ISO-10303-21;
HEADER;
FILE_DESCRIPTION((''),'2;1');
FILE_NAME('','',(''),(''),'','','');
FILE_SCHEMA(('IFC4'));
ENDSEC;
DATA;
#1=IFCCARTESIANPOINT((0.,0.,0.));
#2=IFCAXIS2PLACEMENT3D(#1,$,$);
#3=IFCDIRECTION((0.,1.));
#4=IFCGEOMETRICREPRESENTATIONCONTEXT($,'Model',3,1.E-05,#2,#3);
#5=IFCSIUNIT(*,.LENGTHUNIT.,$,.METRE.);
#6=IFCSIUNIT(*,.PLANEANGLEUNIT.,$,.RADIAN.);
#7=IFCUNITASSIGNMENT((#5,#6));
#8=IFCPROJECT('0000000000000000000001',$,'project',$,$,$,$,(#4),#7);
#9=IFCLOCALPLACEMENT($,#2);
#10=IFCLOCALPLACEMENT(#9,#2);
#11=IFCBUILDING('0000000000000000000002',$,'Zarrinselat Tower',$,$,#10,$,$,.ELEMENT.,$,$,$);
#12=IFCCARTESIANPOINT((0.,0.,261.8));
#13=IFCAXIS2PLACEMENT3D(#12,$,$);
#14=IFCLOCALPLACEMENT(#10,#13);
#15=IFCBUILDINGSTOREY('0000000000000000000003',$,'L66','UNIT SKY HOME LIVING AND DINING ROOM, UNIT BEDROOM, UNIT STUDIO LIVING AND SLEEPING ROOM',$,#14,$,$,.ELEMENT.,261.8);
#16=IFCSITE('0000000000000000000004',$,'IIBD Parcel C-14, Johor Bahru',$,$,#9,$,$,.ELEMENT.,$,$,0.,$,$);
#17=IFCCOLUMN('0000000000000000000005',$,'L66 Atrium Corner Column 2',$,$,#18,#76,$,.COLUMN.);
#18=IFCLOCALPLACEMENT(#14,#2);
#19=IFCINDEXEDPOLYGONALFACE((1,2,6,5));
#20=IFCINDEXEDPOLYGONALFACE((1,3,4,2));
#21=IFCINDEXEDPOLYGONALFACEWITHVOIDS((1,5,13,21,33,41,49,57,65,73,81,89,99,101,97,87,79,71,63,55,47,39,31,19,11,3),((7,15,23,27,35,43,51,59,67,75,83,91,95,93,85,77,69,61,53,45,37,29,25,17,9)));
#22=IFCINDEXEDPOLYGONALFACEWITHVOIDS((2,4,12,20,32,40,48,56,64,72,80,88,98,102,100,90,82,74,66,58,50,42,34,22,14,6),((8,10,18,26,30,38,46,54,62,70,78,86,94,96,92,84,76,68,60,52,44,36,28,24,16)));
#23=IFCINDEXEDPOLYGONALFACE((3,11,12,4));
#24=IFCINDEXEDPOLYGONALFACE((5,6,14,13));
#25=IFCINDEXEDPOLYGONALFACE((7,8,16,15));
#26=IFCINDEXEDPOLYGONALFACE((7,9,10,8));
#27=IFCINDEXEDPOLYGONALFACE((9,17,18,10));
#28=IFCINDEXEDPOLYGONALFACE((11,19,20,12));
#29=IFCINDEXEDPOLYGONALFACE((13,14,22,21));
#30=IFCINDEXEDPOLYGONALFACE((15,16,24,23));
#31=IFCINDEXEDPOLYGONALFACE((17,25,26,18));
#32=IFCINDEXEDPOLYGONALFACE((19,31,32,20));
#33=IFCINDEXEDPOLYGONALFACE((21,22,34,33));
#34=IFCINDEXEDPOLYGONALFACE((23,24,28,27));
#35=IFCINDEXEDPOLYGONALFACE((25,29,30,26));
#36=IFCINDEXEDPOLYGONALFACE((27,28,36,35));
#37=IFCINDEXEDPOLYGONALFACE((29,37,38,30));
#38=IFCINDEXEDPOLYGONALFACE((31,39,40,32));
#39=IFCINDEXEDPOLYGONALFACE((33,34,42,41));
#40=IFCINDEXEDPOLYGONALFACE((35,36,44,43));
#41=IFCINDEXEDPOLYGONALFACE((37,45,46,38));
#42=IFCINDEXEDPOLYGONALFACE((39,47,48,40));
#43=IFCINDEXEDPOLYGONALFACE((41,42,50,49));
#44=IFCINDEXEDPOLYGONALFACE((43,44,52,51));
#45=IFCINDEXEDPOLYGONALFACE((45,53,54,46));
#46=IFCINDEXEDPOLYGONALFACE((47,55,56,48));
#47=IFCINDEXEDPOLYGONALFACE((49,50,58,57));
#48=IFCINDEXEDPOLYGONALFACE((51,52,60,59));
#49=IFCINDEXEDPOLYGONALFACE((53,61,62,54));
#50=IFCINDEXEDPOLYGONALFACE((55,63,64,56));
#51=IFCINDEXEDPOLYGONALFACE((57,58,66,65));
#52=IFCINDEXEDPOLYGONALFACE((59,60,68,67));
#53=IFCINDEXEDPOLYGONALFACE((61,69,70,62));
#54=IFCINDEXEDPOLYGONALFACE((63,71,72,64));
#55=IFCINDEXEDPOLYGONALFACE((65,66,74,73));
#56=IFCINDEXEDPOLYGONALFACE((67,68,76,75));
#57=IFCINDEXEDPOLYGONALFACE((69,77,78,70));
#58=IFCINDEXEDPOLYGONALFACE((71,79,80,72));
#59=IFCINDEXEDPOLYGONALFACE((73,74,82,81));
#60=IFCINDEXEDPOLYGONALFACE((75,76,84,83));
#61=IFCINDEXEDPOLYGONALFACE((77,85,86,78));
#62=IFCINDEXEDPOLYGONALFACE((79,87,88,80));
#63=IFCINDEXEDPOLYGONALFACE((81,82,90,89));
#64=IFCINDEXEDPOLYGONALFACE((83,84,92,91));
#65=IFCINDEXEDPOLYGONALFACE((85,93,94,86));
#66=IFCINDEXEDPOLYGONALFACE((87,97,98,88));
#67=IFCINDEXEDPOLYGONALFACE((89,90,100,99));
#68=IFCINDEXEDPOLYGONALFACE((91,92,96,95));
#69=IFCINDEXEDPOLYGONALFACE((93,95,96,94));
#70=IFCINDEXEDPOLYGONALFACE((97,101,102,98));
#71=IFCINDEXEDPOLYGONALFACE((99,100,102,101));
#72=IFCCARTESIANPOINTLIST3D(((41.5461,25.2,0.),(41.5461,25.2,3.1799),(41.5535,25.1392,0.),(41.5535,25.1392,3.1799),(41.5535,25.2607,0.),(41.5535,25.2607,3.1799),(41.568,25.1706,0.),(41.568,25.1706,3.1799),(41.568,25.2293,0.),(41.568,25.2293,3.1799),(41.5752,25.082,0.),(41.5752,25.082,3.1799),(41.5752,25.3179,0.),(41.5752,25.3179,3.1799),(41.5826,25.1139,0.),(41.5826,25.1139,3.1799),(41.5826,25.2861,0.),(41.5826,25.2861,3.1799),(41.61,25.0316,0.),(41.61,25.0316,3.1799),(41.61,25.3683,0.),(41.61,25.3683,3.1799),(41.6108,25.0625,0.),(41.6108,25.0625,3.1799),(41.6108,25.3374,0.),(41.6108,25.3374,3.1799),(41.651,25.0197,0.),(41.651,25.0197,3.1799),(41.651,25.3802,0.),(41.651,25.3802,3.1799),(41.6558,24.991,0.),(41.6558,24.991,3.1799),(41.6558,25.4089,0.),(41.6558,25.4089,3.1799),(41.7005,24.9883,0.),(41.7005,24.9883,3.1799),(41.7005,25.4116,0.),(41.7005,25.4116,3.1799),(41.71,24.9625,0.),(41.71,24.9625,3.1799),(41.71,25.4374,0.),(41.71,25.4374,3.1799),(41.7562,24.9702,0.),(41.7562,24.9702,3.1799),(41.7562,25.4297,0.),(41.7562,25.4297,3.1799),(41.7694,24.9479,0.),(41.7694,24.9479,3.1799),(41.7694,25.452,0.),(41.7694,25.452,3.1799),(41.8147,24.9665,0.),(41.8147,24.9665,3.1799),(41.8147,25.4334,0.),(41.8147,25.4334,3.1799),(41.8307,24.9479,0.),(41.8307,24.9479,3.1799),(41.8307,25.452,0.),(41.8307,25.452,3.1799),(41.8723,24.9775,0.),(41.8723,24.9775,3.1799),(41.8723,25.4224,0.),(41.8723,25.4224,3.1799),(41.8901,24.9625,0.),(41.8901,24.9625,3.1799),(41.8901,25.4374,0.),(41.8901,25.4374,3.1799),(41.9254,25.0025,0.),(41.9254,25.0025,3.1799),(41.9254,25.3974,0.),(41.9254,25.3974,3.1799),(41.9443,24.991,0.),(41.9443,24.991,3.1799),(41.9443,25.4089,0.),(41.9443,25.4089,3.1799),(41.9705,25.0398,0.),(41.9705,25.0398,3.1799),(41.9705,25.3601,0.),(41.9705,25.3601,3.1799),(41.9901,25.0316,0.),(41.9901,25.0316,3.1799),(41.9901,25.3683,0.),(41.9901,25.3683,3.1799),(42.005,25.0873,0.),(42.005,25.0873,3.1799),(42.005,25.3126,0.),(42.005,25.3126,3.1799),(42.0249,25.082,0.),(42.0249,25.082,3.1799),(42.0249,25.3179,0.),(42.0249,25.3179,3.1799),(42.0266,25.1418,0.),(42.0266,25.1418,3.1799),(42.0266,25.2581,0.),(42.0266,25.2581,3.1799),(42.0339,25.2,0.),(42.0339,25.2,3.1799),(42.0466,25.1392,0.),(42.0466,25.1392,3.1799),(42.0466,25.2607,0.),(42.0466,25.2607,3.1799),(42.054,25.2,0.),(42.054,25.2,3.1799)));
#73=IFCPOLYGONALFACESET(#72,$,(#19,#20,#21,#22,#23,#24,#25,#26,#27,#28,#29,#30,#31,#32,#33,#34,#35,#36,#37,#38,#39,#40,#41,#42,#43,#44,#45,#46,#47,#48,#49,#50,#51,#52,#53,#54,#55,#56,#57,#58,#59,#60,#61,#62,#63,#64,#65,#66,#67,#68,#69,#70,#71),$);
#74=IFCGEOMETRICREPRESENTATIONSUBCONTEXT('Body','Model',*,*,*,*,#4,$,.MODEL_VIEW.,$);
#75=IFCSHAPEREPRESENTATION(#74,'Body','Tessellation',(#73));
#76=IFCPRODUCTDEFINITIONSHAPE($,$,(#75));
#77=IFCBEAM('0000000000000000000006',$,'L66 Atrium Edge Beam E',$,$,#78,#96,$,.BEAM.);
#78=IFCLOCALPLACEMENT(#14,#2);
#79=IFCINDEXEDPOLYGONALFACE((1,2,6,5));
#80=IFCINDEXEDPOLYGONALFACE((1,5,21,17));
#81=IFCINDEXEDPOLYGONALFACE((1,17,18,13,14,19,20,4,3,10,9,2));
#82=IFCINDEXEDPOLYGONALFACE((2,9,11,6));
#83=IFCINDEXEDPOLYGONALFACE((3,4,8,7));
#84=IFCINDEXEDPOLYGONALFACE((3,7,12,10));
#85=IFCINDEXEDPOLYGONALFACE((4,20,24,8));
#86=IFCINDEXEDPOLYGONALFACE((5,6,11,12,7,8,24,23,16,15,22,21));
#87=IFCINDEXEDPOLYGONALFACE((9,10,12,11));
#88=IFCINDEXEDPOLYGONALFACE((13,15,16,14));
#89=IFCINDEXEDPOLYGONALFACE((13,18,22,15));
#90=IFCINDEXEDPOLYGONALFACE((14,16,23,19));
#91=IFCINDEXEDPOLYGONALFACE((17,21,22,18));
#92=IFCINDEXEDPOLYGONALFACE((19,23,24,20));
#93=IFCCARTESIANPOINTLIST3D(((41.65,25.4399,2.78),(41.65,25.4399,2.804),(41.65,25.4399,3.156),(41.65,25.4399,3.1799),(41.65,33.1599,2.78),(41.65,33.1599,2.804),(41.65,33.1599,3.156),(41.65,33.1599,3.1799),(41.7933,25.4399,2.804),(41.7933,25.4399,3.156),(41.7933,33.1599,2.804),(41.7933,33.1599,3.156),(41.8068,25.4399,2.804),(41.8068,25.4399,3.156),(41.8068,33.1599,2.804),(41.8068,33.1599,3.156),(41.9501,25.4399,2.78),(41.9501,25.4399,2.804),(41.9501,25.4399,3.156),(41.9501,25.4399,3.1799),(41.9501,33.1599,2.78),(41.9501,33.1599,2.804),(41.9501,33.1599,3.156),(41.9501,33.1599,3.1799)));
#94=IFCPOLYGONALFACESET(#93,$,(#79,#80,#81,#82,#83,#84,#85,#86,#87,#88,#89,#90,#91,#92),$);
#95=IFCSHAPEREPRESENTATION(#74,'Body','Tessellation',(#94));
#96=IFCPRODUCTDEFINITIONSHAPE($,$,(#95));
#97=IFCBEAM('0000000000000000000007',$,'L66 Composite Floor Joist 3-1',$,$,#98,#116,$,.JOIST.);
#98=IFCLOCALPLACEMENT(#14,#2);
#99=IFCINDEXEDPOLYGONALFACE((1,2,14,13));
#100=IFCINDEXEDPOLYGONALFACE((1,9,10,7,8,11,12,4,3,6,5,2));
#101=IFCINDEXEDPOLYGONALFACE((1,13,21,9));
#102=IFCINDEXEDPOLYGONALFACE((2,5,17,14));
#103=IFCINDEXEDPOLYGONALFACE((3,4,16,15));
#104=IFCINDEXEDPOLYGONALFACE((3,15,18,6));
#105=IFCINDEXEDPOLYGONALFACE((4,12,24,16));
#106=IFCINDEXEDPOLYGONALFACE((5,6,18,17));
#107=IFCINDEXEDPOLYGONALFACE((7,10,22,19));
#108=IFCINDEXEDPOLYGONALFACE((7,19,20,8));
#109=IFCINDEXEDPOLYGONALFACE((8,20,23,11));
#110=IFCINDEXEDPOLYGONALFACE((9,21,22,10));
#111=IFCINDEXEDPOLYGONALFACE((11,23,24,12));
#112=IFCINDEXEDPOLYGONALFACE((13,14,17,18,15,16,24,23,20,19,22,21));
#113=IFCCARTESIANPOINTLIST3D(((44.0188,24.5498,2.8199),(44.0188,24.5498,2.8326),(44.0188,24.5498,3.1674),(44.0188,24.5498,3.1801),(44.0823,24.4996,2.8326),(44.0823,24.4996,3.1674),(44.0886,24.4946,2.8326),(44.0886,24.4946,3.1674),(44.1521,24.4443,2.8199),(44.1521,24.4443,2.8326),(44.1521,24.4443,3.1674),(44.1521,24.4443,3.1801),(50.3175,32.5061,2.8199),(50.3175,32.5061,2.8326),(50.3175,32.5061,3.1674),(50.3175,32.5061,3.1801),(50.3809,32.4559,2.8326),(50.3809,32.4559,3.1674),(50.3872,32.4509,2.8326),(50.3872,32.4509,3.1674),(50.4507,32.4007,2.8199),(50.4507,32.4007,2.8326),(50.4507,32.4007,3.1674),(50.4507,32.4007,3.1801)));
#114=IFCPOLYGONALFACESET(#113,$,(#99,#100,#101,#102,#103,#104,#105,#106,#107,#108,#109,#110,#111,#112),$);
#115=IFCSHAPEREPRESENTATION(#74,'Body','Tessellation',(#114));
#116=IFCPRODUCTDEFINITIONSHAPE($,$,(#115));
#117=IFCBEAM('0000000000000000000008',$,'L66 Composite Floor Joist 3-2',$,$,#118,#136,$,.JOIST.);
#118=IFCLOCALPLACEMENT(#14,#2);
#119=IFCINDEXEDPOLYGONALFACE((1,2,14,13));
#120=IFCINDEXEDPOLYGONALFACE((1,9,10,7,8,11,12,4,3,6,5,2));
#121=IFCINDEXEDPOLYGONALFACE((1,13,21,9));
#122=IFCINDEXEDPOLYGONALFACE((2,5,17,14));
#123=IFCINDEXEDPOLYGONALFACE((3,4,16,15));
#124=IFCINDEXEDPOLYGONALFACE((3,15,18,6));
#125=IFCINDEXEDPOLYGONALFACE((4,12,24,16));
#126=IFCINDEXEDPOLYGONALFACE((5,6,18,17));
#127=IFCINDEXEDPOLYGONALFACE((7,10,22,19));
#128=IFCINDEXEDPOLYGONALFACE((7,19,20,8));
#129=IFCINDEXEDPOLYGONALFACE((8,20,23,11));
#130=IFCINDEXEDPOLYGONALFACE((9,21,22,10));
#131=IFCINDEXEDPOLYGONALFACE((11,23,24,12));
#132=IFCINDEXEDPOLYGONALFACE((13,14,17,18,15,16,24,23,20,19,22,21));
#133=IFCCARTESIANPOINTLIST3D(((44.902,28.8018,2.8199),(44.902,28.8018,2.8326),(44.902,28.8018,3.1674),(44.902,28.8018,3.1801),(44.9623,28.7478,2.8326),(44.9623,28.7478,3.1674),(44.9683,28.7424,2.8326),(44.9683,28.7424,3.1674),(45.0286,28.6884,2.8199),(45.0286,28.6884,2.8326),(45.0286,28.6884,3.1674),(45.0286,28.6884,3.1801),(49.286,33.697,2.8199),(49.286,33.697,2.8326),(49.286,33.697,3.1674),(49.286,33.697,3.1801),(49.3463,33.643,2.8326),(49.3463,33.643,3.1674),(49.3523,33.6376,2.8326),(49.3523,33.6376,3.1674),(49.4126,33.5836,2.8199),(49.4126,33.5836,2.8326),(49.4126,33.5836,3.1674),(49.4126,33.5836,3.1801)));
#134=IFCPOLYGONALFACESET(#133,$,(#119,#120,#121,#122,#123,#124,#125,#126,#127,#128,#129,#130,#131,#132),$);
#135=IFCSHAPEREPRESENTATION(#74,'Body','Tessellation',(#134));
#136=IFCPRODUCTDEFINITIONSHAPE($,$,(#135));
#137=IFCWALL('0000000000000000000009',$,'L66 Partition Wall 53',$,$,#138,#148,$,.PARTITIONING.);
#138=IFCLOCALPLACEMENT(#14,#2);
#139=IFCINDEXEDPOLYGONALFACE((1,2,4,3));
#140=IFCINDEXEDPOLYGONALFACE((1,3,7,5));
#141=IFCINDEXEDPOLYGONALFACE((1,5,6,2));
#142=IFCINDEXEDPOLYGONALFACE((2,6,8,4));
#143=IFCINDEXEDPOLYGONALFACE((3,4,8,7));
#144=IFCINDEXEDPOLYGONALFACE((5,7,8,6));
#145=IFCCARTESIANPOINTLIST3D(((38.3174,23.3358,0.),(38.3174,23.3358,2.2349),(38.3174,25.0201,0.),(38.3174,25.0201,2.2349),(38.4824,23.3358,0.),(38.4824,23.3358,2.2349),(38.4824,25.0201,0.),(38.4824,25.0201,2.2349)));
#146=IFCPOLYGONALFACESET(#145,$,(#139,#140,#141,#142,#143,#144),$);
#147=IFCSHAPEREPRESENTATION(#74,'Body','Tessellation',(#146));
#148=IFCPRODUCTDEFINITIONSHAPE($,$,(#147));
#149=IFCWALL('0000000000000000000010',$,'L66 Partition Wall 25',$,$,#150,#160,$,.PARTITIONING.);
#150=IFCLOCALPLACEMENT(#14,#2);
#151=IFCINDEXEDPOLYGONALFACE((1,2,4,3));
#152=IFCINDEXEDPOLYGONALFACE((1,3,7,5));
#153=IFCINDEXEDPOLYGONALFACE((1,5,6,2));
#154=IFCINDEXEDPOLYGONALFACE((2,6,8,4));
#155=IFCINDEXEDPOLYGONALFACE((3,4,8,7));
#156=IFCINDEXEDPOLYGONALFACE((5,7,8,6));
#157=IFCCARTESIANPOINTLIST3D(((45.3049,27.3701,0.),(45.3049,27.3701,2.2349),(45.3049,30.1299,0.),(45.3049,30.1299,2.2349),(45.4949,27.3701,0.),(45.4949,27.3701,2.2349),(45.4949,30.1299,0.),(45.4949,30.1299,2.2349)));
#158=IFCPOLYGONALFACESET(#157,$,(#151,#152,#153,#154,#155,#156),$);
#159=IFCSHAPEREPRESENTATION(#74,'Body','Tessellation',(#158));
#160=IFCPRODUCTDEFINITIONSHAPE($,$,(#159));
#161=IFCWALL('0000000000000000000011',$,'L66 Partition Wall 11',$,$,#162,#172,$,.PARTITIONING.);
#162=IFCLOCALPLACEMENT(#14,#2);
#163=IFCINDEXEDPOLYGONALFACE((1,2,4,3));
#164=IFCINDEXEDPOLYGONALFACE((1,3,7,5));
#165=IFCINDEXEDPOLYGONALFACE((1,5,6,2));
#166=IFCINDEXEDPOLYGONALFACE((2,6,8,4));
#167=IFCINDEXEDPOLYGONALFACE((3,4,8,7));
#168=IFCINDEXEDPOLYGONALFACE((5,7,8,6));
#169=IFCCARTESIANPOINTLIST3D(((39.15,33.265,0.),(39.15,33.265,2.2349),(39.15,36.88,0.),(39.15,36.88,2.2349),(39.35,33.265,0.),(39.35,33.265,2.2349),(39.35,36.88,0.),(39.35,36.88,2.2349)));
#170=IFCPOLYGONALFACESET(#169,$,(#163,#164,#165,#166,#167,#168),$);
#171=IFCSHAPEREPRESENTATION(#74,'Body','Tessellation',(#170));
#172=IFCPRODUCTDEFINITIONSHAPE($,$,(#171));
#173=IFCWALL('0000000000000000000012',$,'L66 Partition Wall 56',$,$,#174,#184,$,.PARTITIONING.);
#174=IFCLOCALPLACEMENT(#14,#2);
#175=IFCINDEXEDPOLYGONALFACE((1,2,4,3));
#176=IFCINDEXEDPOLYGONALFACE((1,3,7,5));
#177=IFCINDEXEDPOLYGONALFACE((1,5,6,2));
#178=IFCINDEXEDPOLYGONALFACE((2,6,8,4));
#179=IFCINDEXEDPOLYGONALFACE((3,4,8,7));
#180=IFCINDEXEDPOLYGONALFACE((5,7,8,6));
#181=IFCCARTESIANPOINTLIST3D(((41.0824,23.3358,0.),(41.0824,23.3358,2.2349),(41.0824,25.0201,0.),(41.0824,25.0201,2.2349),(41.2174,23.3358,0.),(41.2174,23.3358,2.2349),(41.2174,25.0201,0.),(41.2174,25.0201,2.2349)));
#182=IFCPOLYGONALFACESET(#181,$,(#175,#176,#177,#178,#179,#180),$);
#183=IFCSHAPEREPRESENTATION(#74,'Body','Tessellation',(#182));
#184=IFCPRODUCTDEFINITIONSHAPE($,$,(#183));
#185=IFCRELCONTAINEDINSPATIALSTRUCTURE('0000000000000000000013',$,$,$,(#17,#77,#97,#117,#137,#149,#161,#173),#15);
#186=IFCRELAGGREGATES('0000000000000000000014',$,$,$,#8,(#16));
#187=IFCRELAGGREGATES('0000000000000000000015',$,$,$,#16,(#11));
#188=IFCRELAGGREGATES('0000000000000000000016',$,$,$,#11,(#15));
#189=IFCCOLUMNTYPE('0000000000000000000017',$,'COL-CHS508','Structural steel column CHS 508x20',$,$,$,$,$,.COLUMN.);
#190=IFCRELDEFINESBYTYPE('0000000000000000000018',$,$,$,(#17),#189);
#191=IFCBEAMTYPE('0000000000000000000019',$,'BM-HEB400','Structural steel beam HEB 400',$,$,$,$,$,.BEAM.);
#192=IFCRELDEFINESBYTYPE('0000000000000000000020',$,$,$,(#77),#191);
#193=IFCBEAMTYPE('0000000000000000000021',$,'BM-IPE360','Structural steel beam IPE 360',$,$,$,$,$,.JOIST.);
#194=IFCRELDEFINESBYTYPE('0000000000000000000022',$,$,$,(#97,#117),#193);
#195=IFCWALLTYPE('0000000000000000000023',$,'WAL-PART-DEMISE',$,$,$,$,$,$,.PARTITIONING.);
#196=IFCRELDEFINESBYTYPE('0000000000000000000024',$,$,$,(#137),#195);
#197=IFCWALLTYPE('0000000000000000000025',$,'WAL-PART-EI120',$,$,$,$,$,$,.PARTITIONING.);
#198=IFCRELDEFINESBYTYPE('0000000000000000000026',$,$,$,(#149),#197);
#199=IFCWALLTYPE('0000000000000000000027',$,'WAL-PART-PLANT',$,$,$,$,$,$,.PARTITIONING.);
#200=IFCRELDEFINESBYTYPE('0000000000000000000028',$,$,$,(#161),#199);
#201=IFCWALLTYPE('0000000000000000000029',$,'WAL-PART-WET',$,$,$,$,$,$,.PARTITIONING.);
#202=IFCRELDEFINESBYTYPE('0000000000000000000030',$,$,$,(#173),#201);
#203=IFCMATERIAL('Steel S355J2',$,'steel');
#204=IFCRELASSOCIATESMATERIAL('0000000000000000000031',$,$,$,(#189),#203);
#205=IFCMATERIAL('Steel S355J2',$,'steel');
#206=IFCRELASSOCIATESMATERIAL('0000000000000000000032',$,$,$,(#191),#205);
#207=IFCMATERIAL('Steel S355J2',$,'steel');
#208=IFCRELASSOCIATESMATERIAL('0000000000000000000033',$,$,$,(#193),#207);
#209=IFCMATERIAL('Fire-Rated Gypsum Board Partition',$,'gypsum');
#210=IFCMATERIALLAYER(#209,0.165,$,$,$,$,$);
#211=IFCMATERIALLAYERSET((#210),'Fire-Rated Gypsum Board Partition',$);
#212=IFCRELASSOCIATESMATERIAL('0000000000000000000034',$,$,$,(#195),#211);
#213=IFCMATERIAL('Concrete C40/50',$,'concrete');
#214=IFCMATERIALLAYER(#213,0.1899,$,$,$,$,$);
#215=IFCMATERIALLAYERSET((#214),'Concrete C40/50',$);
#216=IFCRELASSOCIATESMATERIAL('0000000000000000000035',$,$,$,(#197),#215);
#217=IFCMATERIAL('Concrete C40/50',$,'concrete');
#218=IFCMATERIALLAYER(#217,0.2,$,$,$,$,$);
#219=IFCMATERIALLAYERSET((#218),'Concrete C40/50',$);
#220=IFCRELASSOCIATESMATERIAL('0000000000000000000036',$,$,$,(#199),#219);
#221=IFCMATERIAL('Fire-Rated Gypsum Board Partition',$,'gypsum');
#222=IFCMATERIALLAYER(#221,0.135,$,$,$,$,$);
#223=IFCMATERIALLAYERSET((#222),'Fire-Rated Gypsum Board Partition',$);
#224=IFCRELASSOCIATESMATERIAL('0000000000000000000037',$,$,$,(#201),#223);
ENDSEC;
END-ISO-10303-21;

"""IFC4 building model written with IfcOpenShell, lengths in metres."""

from ifc_helpers import new_model, si_unit, direction, frame, frame_2d, origin, origin_2d, place, context, subcontext, project, spatial, rectangle, hollow_circle, i_section, extrude, material, layer, layer_set, material_profile, profile_set, type_object, element, save


model = new_model("IFC4")

# Units and contexts
model_context = context("Model", 3, precision=1e-05, world=origin(), true_north=direction((0.0, 1.0)))
body_context = subcontext(model_context, "Body", "Model", "MODEL_VIEW")
ifc_project = project(units=[si_unit("LENGTHUNIT", "METRE"), si_unit("PLANEANGLEUNIT", "RADIAN")], contexts=[model_context])

# Site, building, storey
site_placement = place(None, origin())
site = spatial("IfcSite", under=ifc_project, at=site_placement, Name="IIBD Parcel C-14, Johor Bahru", CompositionType="ELEMENT", RefElevation=0.0)
building_placement = place(site_placement, origin())
building = spatial("IfcBuilding", under=site, at=building_placement, Name="Zarrinselat Tower", CompositionType="ELEMENT")
storey_placement = place(building_placement, frame((0.0, 0.0, 261.8)))
storey = spatial("IfcBuildingStorey", under=building, at=storey_placement, Name="L66", Description="UNIT SKY HOME LIVING AND DINING ROOM, UNIT BEDROOM, UNIT STUDIO LIVING AND SLEEPING ROOM", CompositionType="ELEMENT", Elevation=261.8)

# Column
ifc_material_1 = material(Name="Steel S355J2", Category="steel")
ifc_material_profile_1 = material_profile(ifc_material_1, hollow_circle(Radius=0.2539, WallThickness=0.02, at=origin_2d()), Name="CHS 508x20")
ifc_profile_set_1 = profile_set([ifc_material_profile_1], Name="Steel S355J2")
column_type = type_object("IfcColumnType", Name="COL-CHS508", Description="Structural steel column CHS 508x20", PredefinedType="COLUMN", material=ifc_profile_set_1)
column_placement = place(storey_placement, frame((41.8, 25.2, 0.0), z_axis=(0.0, 0.0, 1.0), x_axis=(1.0, 0.0, 0.0)))
element("IfcColumn", 1, at=column_placement, inside=storey, type_object=column_type, Name="L66 Atrium Corner Column 2", PredefinedType="COLUMN", context=body_context, shape_type="SweptSolid", body=[
    extrude(hollow_circle(Radius=0.2539, WallThickness=0.02, at=origin_2d()), origin(), (0.0, 0.0, 1.0), 3.1799),
])

# Beams
ifc_material_2 = material(Name="Steel S355J2", Category="steel")
ifc_material_profile_2 = material_profile(ifc_material_2, i_section(OverallWidth=0.3, OverallDepth=0.3999, WebThickness=0.0134, FlangeThickness=0.0239, at=origin_2d()), Name="HEB 400")
ifc_profile_set_2 = profile_set([ifc_material_profile_2], Name="Steel S355J2")
beam_type_1 = type_object("IfcBeamType", Name="BM-HEB400", Description="Structural steel beam HEB 400", PredefinedType="BEAM", material=ifc_profile_set_2)
beam_1_placement = place(storey_placement, frame((41.8, 25.4399, 2.98), z_axis=(0.0, 1.0, 0.0), x_axis=(-1.0, 0.0, 0.0)))
element("IfcBeam", 2, at=beam_1_placement, inside=storey, type_object=beam_type_1, Name="L66 Atrium Edge Beam E", PredefinedType="BEAM", context=body_context, shape_type="SweptSolid", body=[
    extrude(i_section(OverallWidth=0.3, OverallDepth=0.3999, WebThickness=0.0134, FlangeThickness=0.0239, at=origin_2d()), origin(), (0.0, 0.0, 1.0), 7.72),
])
ifc_material_3 = material(Name="Steel S355J2", Category="steel")
ifc_material_profile_3 = material_profile(ifc_material_3, i_section(OverallWidth=0.1699, OverallDepth=0.3601, WebThickness=0.0081, FlangeThickness=0.0127, at=origin_2d()), Name="IPE 360")
ifc_profile_set_3 = profile_set([ifc_material_profile_3], Name="Steel S355J2")
beam_type_2 = type_object("IfcBeamType", Name="BM-IPE360", Description="Structural steel beam IPE 360", PredefinedType="JOIST", material=ifc_profile_set_3)
beam_2_placement = place(storey_placement, frame((44.0854, 24.4971, 3.0), z_axis=(0.620694, 0.784053, 0.0), x_axis=(-0.784053, 0.620694, 0.0)))
element("IfcBeam", 3, at=beam_2_placement, inside=storey, type_object=beam_type_2, Name="L66 Composite Floor Joist 3-1", PredefinedType="JOIST", context=body_context, shape_type="SweptSolid", body=[
    extrude(i_section(OverallWidth=0.1699, OverallDepth=0.3601, WebThickness=0.0081, FlangeThickness=0.0127, at=origin_2d()), origin(), (0.0, 0.0, 1.0), 10.1477),
])
beam_3_placement = place(storey_placement, frame((44.9653, 28.7451, 3.0), z_axis=(0.667138, 0.744934, 0.0), x_axis=(-0.744934, 0.667138, 0.0)))
element("IfcBeam", 4, at=beam_3_placement, inside=storey, type_object=beam_type_2, Name="L66 Composite Floor Joist 3-2", PredefinedType="JOIST", context=body_context, shape_type="SweptSolid", body=[
    extrude(i_section(OverallWidth=0.1699, OverallDepth=0.3601, WebThickness=0.0081, FlangeThickness=0.0127, at=origin_2d()), origin(), (0.0, 0.0, 1.0), 6.5713),
])

# Walls
ifc_material_4 = material(Name="Fire-Rated Gypsum Board Partition", Category="gypsum")
ifc_layer_1 = layer(ifc_material_4, 0.165)
ifc_layer_set_1 = layer_set([ifc_layer_1], Name="Fire-Rated Gypsum Board Partition")
wall_type_1 = type_object("IfcWallType", Name="WAL-PART-DEMISE", PredefinedType="PARTITIONING", material=ifc_layer_set_1)
wall_1_placement = place(storey_placement, frame((38.3999, 23.3357, 0.0), z_axis=(0.0, 0.0, 1.0), x_axis=(0.0, 1.0, 0.0)))
element("IfcWall", 5, at=wall_1_placement, inside=storey, type_object=wall_type_1, Name="L66 Partition Wall 53", PredefinedType="PARTITIONING", context=body_context, shape_type="SweptSolid", body=[
    extrude(rectangle(XDim=1.6843, YDim=0.165, at=frame_2d((0.8423, 0.0))), origin(), (0.0, 0.0, 1.0), 2.2349),
])
ifc_material_5 = material(Name="Concrete C40/50", Category="concrete")
ifc_layer_2 = layer(ifc_material_5, 0.1899)
ifc_layer_set_2 = layer_set([ifc_layer_2], Name="Concrete C40/50")
wall_type_2 = type_object("IfcWallType", Name="WAL-PART-EI120", PredefinedType="PARTITIONING", material=ifc_layer_set_2)
wall_2_placement = place(storey_placement, frame((45.3999, 27.3701, 0.0), z_axis=(0.0, 0.0, 1.0), x_axis=(0.0, 1.0, 0.0)))
element("IfcWall", 6, at=wall_2_placement, inside=storey, type_object=wall_type_2, Name="L66 Partition Wall 25", PredefinedType="PARTITIONING", context=body_context, shape_type="SweptSolid", body=[
    extrude(rectangle(XDim=2.7598, YDim=0.1899, at=frame_2d((1.3799, 0.0))), origin(), (0.0, 0.0, 1.0), 2.2349),
])
ifc_material_6 = material(Name="Concrete C40/50", Category="concrete")
ifc_layer_3 = layer(ifc_material_6, 0.2)
ifc_layer_set_3 = layer_set([ifc_layer_3], Name="Concrete C40/50")
wall_type_3 = type_object("IfcWallType", Name="WAL-PART-PLANT", PredefinedType="PARTITIONING", material=ifc_layer_set_3)
wall_3_placement = place(storey_placement, frame((39.25, 33.2649, 0.0), z_axis=(0.0, 0.0, 1.0), x_axis=(0.0, 1.0, 0.0)))
element("IfcWall", 7, at=wall_3_placement, inside=storey, type_object=wall_type_3, Name="L66 Partition Wall 11", PredefinedType="PARTITIONING", context=body_context, shape_type="SweptSolid", body=[
    extrude(rectangle(XDim=3.615, YDim=0.2, at=frame_2d((1.8076, 0.0))), origin(), (0.0, 0.0, 1.0), 2.2349),
])
ifc_material_7 = material(Name="Fire-Rated Gypsum Board Partition", Category="gypsum")
ifc_layer_4 = layer(ifc_material_7, 0.135)
ifc_layer_set_4 = layer_set([ifc_layer_4], Name="Fire-Rated Gypsum Board Partition")
wall_type_4 = type_object("IfcWallType", Name="WAL-PART-WET", PredefinedType="PARTITIONING", material=ifc_layer_set_4)
wall_4_placement = place(storey_placement, frame((41.1499, 23.3357, 0.0), z_axis=(0.0, 0.0, 1.0), x_axis=(0.0, 1.0, 0.0)))
element("IfcWall", 8, at=wall_4_placement, inside=storey, type_object=wall_type_4, Name="L66 Partition Wall 56", PredefinedType="PARTITIONING", context=body_context, shape_type="SweptSolid", body=[
    extrude(rectangle(XDim=1.6843, YDim=0.135, at=frame_2d((0.8423, 0.0))), origin(), (0.0, 0.0, 1.0), 2.2349),
])

save(model, "model.ifc")
